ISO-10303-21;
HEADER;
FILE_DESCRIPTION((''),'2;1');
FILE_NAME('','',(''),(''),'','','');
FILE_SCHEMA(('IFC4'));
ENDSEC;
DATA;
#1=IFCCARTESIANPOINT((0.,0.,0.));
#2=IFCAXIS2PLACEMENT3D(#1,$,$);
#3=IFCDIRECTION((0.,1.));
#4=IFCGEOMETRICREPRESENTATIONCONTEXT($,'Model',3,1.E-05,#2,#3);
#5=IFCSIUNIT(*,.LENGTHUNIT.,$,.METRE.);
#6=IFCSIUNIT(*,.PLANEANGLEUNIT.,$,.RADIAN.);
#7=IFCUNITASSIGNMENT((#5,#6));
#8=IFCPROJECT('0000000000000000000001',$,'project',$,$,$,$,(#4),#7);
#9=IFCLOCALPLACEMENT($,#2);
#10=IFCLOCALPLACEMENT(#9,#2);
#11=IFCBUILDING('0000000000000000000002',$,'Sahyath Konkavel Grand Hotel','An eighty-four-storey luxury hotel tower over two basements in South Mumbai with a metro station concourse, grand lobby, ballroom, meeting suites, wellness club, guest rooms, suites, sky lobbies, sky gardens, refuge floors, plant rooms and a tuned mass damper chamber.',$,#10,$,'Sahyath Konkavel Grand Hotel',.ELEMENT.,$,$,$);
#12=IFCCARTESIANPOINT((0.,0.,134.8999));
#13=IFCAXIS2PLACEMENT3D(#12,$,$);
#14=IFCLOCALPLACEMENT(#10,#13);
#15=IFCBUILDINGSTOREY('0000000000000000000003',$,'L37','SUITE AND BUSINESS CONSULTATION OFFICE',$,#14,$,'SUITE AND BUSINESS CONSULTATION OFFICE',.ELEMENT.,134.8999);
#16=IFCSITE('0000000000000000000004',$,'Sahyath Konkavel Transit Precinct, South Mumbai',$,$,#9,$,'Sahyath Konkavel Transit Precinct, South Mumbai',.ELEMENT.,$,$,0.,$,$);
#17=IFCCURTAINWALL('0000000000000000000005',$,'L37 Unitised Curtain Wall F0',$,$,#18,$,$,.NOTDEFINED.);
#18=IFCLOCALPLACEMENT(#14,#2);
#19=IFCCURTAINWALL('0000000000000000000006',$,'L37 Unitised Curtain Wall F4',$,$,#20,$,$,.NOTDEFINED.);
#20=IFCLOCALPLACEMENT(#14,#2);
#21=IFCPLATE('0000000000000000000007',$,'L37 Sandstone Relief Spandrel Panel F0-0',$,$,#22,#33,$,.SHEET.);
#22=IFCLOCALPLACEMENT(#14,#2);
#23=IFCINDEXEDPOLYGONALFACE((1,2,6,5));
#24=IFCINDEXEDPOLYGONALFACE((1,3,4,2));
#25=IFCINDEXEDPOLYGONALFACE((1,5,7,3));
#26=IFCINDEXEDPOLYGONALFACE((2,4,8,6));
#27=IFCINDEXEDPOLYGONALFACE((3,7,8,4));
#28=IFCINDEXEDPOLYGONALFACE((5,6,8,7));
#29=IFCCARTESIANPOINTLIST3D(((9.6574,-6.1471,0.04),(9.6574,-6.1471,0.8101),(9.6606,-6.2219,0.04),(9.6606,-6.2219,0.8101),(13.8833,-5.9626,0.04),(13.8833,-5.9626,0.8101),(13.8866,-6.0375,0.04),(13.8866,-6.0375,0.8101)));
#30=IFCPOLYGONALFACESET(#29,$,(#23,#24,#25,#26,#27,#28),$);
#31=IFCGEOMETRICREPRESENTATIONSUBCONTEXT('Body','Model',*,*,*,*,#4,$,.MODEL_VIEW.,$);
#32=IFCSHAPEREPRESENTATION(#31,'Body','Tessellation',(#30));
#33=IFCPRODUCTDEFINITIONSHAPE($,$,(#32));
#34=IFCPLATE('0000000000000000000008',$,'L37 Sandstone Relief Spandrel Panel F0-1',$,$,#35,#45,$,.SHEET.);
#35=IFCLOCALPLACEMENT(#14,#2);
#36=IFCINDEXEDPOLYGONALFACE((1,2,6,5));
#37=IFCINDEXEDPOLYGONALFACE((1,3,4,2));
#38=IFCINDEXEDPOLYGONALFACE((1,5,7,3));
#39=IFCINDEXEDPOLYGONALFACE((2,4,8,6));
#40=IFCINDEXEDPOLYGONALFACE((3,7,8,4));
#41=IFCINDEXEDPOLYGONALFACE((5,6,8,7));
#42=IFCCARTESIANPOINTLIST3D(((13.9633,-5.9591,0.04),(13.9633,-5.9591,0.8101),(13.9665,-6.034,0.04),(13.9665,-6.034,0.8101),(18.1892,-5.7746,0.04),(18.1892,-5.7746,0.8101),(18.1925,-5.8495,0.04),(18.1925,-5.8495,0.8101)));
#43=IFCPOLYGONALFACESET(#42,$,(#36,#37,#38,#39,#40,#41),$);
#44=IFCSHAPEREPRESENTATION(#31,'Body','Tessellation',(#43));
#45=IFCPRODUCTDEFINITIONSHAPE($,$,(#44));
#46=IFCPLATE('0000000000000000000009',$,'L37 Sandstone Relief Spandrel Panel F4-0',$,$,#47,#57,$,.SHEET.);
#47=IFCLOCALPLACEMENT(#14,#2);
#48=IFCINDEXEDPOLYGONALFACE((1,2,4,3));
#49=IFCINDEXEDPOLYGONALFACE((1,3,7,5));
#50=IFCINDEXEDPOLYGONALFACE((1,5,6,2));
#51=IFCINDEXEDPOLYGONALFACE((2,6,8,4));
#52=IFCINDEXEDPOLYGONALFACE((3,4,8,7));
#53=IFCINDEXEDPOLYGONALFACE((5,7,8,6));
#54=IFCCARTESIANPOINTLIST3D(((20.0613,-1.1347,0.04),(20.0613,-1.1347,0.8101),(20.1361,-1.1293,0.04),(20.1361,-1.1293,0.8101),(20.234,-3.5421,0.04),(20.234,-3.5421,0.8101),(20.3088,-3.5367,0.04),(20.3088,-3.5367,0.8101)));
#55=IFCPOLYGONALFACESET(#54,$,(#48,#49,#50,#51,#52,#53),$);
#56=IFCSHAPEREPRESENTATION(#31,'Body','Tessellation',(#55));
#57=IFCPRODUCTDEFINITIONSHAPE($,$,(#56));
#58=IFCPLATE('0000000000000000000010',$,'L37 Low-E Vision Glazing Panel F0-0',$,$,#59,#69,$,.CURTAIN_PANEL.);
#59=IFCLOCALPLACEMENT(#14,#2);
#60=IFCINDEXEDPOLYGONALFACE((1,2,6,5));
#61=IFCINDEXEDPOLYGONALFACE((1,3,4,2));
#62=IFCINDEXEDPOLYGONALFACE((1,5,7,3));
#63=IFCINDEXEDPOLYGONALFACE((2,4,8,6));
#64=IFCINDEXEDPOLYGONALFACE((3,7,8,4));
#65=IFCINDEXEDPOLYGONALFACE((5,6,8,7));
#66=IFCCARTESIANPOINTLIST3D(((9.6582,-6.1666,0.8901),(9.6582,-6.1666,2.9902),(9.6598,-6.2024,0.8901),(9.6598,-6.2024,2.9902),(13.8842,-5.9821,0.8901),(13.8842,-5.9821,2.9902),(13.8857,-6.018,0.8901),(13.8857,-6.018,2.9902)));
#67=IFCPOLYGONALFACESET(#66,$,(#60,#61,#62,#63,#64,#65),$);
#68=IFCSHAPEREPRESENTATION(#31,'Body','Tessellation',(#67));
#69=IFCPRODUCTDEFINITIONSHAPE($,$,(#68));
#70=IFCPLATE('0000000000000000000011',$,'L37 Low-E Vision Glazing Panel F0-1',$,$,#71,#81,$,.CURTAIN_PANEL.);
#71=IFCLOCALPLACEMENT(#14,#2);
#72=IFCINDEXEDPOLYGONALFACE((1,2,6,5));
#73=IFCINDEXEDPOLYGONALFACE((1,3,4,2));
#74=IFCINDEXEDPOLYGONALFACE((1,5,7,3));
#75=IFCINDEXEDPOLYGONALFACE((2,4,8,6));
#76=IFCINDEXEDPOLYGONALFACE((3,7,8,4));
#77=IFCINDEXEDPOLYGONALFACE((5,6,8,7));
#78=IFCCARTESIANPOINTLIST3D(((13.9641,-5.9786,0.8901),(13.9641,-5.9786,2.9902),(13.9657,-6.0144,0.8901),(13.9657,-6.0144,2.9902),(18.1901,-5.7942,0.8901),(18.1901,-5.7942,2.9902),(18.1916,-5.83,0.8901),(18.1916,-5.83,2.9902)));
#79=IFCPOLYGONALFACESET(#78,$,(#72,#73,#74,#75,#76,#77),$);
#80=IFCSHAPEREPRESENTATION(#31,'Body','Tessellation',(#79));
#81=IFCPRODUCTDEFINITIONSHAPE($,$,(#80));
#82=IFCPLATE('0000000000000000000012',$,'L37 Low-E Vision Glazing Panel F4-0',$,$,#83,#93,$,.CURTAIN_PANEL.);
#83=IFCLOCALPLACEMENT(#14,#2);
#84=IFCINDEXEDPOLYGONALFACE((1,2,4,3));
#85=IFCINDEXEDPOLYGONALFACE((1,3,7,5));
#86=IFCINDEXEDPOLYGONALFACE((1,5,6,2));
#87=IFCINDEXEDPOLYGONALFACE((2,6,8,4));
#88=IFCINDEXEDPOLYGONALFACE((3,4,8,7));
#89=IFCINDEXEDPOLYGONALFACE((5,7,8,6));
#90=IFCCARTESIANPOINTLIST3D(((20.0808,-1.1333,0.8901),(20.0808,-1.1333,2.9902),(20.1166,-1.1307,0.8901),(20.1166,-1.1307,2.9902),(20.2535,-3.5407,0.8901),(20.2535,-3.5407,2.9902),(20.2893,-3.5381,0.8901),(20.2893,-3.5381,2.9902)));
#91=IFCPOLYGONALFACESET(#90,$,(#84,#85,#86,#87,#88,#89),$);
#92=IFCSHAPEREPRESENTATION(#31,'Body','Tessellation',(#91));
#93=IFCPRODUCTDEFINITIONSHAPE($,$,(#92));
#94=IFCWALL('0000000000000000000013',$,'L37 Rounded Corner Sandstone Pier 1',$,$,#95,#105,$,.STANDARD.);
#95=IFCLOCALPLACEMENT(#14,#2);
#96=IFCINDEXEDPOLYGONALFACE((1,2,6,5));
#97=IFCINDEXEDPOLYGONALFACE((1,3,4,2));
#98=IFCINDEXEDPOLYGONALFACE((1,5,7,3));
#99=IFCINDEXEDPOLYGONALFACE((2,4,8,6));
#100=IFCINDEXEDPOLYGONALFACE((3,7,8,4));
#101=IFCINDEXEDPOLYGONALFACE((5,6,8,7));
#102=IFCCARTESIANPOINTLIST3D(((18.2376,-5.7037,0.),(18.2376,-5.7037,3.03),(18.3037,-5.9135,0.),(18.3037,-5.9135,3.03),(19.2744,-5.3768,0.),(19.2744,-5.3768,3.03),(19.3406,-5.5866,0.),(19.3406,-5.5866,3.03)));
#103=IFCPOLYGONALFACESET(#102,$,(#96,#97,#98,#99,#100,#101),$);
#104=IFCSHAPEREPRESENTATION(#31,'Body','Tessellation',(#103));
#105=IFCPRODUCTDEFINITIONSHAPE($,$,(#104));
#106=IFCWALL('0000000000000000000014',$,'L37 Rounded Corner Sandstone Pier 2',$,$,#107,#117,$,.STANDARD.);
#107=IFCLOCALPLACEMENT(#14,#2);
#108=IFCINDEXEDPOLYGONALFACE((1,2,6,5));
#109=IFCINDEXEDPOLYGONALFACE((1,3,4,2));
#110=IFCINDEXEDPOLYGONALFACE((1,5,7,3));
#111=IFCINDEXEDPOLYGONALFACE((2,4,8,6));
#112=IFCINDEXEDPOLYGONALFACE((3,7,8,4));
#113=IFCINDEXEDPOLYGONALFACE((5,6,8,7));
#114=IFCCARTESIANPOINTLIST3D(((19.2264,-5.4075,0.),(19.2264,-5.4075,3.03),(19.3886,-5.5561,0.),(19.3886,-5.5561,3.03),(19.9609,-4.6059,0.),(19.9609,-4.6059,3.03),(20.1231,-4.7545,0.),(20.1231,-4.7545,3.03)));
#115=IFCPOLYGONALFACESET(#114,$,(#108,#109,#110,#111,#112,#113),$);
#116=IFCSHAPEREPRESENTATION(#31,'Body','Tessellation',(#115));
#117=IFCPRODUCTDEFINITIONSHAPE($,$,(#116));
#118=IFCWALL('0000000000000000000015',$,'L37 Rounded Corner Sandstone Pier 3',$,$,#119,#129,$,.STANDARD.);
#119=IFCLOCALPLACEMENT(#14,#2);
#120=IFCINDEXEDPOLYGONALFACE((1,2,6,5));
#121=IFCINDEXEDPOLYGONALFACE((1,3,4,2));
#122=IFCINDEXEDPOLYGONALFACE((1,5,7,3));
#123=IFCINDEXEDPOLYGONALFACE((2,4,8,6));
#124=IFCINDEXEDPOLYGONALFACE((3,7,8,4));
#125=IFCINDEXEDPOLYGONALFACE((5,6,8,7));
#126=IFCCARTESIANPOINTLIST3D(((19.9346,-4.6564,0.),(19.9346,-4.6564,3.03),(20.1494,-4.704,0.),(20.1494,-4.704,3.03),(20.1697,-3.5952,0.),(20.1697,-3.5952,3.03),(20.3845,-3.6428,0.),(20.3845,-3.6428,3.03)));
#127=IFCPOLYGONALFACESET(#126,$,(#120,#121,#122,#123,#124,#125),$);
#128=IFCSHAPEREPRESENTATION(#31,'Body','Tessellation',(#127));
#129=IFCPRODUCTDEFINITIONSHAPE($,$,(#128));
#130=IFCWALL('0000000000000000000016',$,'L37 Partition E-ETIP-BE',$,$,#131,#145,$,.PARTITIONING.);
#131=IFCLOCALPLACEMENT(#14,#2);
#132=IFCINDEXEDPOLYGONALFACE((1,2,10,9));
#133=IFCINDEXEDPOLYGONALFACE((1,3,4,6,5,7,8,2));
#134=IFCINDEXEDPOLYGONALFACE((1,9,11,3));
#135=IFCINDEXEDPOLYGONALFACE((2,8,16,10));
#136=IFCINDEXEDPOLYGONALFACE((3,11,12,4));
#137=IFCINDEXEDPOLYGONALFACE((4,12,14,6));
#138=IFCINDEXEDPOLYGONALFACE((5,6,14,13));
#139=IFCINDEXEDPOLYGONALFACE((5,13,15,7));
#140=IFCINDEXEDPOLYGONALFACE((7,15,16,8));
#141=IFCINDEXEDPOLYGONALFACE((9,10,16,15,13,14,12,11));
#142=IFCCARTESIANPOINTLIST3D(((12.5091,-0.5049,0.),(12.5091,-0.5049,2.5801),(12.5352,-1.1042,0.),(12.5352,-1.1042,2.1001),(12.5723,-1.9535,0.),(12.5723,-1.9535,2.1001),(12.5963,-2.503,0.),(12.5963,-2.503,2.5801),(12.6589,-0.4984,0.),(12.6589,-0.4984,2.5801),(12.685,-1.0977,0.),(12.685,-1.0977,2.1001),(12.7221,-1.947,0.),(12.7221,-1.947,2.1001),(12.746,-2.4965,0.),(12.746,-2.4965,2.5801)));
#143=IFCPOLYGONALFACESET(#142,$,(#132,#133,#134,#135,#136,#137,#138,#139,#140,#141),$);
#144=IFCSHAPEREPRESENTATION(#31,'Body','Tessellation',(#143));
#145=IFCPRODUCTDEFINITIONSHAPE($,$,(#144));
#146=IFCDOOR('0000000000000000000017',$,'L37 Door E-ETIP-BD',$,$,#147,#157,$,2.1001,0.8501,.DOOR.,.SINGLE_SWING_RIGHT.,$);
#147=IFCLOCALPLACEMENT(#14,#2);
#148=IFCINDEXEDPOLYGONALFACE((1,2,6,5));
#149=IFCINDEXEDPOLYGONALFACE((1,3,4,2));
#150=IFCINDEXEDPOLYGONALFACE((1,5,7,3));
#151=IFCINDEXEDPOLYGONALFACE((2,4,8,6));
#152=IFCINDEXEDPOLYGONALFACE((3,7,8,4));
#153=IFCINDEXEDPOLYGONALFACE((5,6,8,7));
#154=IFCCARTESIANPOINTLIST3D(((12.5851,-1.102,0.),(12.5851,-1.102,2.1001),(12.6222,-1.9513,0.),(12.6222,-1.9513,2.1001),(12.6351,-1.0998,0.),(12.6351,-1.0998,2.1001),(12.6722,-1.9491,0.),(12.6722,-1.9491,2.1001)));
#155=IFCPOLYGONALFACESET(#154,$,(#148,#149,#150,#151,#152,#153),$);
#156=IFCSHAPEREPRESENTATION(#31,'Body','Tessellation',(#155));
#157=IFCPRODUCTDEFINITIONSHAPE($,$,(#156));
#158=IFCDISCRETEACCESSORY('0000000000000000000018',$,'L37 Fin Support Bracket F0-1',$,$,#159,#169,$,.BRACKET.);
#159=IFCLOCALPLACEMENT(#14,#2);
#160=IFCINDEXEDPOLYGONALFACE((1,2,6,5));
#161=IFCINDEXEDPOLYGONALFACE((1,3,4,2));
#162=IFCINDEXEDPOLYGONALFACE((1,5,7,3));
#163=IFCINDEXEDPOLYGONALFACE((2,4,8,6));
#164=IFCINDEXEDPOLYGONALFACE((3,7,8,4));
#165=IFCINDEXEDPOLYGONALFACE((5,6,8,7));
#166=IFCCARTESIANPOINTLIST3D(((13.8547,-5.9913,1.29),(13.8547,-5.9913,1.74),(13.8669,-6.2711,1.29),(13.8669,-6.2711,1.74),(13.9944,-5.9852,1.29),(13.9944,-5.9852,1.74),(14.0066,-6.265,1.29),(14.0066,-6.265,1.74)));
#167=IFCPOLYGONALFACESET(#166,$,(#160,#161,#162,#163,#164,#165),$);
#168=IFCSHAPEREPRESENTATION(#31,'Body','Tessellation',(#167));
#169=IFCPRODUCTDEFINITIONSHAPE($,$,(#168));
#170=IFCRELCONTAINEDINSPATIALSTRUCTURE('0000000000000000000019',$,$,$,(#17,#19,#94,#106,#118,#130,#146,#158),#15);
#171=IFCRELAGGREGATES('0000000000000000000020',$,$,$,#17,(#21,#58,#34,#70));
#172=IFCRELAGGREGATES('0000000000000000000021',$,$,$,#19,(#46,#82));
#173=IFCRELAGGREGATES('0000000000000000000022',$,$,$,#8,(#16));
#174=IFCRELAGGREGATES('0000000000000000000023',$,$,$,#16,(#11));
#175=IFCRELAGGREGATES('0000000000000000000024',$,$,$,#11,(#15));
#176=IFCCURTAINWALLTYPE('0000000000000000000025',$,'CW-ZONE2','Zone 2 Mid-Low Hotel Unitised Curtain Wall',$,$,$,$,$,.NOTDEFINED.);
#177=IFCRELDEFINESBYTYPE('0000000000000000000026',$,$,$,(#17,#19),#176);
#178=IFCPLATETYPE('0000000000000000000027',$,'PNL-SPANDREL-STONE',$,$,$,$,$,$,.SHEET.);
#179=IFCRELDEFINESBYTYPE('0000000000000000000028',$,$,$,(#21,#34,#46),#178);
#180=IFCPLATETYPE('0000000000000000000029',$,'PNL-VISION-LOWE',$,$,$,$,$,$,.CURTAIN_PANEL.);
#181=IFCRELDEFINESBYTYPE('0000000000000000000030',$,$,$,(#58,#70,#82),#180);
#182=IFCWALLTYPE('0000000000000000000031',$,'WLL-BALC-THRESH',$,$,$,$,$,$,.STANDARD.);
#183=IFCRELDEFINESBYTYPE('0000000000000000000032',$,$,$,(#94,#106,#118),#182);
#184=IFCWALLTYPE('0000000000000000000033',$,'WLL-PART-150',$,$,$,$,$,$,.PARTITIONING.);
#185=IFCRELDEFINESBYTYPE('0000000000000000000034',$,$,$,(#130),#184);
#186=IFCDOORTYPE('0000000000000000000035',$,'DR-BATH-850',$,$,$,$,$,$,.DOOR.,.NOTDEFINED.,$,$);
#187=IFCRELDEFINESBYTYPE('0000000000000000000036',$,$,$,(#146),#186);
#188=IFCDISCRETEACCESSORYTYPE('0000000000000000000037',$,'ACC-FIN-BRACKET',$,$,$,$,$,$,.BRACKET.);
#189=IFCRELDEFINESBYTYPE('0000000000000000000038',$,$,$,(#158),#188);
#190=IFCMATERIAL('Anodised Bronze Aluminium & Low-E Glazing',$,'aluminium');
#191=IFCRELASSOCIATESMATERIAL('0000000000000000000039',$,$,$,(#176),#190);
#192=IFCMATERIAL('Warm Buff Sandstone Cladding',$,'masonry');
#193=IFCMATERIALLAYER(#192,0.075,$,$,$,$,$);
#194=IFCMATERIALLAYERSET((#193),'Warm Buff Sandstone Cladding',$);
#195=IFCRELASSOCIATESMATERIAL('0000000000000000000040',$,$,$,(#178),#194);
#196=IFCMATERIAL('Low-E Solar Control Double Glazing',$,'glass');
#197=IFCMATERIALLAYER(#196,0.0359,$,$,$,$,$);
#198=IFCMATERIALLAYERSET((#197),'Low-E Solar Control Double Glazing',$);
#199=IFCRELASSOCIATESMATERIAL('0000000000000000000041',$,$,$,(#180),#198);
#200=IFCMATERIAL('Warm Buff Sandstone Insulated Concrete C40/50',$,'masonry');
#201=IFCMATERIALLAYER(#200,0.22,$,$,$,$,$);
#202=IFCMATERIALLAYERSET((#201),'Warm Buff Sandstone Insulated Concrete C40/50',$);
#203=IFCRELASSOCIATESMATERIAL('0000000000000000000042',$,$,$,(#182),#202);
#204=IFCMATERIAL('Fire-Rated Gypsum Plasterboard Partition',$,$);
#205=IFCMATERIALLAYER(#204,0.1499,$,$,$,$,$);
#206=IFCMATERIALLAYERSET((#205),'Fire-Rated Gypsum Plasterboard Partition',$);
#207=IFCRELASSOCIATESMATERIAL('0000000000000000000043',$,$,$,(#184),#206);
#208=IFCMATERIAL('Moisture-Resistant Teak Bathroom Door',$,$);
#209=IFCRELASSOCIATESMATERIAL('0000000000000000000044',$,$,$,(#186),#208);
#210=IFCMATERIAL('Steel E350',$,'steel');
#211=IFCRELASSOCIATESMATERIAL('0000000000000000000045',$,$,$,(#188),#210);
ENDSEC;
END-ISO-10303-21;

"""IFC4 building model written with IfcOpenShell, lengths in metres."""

from ifc_helpers import new_model, si_unit, direction, frame, frame_2d, origin, origin_2d, place, context, subcontext, project, spatial, rectangle, extrude, source, transform, mapped, material, layer, layer_set, type_object, element, fill, aggregate, save


model = new_model("IFC4")

# Units and contexts
model_context = context("Model", 3, precision=1e-05, world=origin(), true_north=direction((0.0, 1.0)))
body_context = subcontext(model_context, "Body", "Model", "MODEL_VIEW")
ifc_project = project(units=[si_unit("LENGTHUNIT", "METRE"), si_unit("PLANEANGLEUNIT", "RADIAN")], contexts=[model_context])

# Site, building, storey
site_placement = place(None, origin())
site = spatial("IfcSite", under=ifc_project, at=site_placement, Name="Sahyath Konkavel Transit Precinct, South Mumbai", LongName="Sahyath Konkavel Transit Precinct, South Mumbai", CompositionType="ELEMENT", RefElevation=0.0)
building_placement = place(site_placement, origin())
building = spatial("IfcBuilding", under=site, at=building_placement, Name="Sahyath Konkavel Grand Hotel", Description="An eighty-four-storey luxury hotel tower over two basements in South Mumbai with a metro station concourse, grand lobby, ballroom, meeting suites, wellness club, guest rooms, suites, sky lobbies, sky gardens, refuge floors, plant rooms and a tuned mass damper chamber.", LongName="Sahyath Konkavel Grand Hotel", CompositionType="ELEMENT")
storey_placement = place(building_placement, frame((0.0, 0.0, 134.8999)))
storey = spatial("IfcBuildingStorey", under=building, at=storey_placement, Name="L37", Description="SUITE AND BUSINESS CONSULTATION OFFICE", LongName="SUITE AND BUSINESS CONSULTATION OFFICE", CompositionType="ELEMENT", Elevation=134.8999)

# Shared definitions
ifc_material_1 = material(Name="Steel E350", Category="steel")

# Curtain walls
ifc_material_2 = material(Name="Anodised Bronze Aluminium & Low-E Glazing", Category="aluminium")
curtain_wall_type = type_object("IfcCurtainWallType", Name="CW-ZONE2", Description="Zone 2 Mid-Low Hotel Unitised Curtain Wall", PredefinedType="NOTDEFINED", material=ifc_material_2)
curtain_wall_1_placement = place(storey_placement, origin())
curtain_wall_1 = element("IfcCurtainWall", 1, at=curtain_wall_1_placement, inside=storey, type_object=curtain_wall_type, Name="L37 Unitised Curtain Wall F0", PredefinedType="NOTDEFINED")
curtain_wall_2_placement = place(storey_placement, origin())
curtain_wall_2 = element("IfcCurtainWall", 2, at=curtain_wall_2_placement, inside=storey, type_object=curtain_wall_type, Name="L37 Unitised Curtain Wall F4", PredefinedType="NOTDEFINED")

# Plates
ifc_material_3 = material(Name="Warm Buff Sandstone Cladding", Category="masonry")
ifc_layer_1 = layer(ifc_material_3, 0.075)
ifc_layer_set_1 = layer_set([ifc_layer_1], Name="Warm Buff Sandstone Cladding")
plate_type_1 = type_object("IfcPlateType", Name="PNL-SPANDREL-STONE", PredefinedType="SHEET", material=ifc_layer_set_1)
shared_shape_1 = source(origin(), body_context, "Body", "SweptSolid", [
    extrude(rectangle(XDim=4.23, YDim=0.075, at=origin_2d()), origin(), (0.0, 0.0, 1.0), 0.77),
])
plate_1_placement = place(storey_placement, frame((11.772, -6.0923, 0.04), z_axis=(0.0, 0.0, 1.0), x_axis=(0.999049, 0.043602, 0.0)))
plate_1 = element("IfcPlate", 3, at=plate_1_placement, type_object=plate_type_1, Name="L37 Sandstone Relief Spandrel Panel F0-0", PredefinedType="SHEET", context=body_context, shape_type="MappedRepresentation", body=[
    mapped(shared_shape_1, transform((0.0, 0.0, 0.0), scale=1.0)),
])
plate_2_placement = place(storey_placement, frame((16.0779, -5.9043, 0.04), z_axis=(0.0, 0.0, 1.0), x_axis=(0.999049, 0.043602, 0.0)))
plate_2 = element("IfcPlate", 4, at=plate_2_placement, type_object=plate_type_1, Name="L37 Sandstone Relief Spandrel Panel F0-1", PredefinedType="SHEET", context=body_context, shape_type="MappedRepresentation", body=[
    mapped(shared_shape_1, transform((0.0, 0.0, 0.0), scale=1.0)),
])
shared_shape_2 = source(origin(), body_context, "Body", "SweptSolid", [
    extrude(rectangle(XDim=2.4136, YDim=0.075, at=origin_2d()), origin(), (0.0, 0.0, 1.0), 0.77),
])
plate_3_placement = place(storey_placement, frame((20.1851, -2.3357, 0.04), z_axis=(0.0, 0.0, 1.0), x_axis=(-0.071567, 0.997436, 0.0)))
plate_3 = element("IfcPlate", 5, at=plate_3_placement, type_object=plate_type_1, Name="L37 Sandstone Relief Spandrel Panel F4-0", PredefinedType="SHEET", context=body_context, shape_type="MappedRepresentation", body=[
    mapped(shared_shape_2, transform((0.0, 0.0, 0.0), scale=1.0)),
])
ifc_material_4 = material(Name="Low-E Solar Control Double Glazing", Category="glass")
ifc_layer_2 = layer(ifc_material_4, 0.0359)
ifc_layer_set_2 = layer_set([ifc_layer_2], Name="Low-E Solar Control Double Glazing")
plate_type_2 = type_object("IfcPlateType", Name="PNL-VISION-LOWE", PredefinedType="CURTAIN_PANEL", material=ifc_layer_set_2)
shared_shape_3 = source(origin(), body_context, "Body", "SweptSolid", [
    extrude(rectangle(XDim=4.23, YDim=0.0359, at=origin_2d()), origin(), (0.0, 0.0, 1.0), 2.1001),
])
plate_4_placement = place(storey_placement, frame((11.772, -6.0923, 0.8901), z_axis=(0.0, 0.0, 1.0), x_axis=(0.999049, 0.043602, 0.0)))
plate_4 = element("IfcPlate", 6, at=plate_4_placement, type_object=plate_type_2, Name="L37 Low-E Vision Glazing Panel F0-0", PredefinedType="CURTAIN_PANEL", context=body_context, shape_type="MappedRepresentation", body=[
    mapped(shared_shape_3, transform((0.0, 0.0, 0.0), scale=1.0)),
])
plate_5_placement = place(storey_placement, frame((16.0779, -5.9043, 0.8901), z_axis=(0.0, 0.0, 1.0), x_axis=(0.999049, 0.043602, 0.0)))
plate_5 = element("IfcPlate", 7, at=plate_5_placement, type_object=plate_type_2, Name="L37 Low-E Vision Glazing Panel F0-1", PredefinedType="CURTAIN_PANEL", context=body_context, shape_type="MappedRepresentation", body=[
    mapped(shared_shape_3, transform((0.0, 0.0, 0.0), scale=1.0)),
])
aggregate(curtain_wall_1, [plate_1, plate_4, plate_2, plate_5])
shared_shape_4 = source(origin(), body_context, "Body", "SweptSolid", [
    extrude(rectangle(XDim=2.4136, YDim=0.0359, at=origin_2d()), origin(), (0.0, 0.0, 1.0), 2.1001),
])
plate_6_placement = place(storey_placement, frame((20.1851, -2.3357, 0.8901), z_axis=(0.0, 0.0, 1.0), x_axis=(-0.071567, 0.997436, 0.0)))
plate_6 = element("IfcPlate", 8, at=plate_6_placement, type_object=plate_type_2, Name="L37 Low-E Vision Glazing Panel F4-0", PredefinedType="CURTAIN_PANEL", context=body_context, shape_type="MappedRepresentation", body=[
    mapped(shared_shape_4, transform((0.0, 0.0, 0.0), scale=1.0)),
])
aggregate(curtain_wall_2, [plate_3, plate_6])

# Walls
ifc_material_5 = material(Name="Warm Buff Sandstone Insulated Concrete C40/50", Category="masonry")
ifc_layer_3 = layer(ifc_material_5, 0.22)
ifc_layer_set_3 = layer_set([ifc_layer_3], Name="Warm Buff Sandstone Insulated Concrete C40/50")
wall_type_1 = type_object("IfcWallType", Name="WLL-BALC-THRESH", PredefinedType="STANDARD", material=ifc_layer_set_3)
for number, where, z_axis, x_axis, name in (
    (9, (18.2708, -5.8086, 0.0), (0.0, 0.0, 1.0), (0.953722, 0.300691, 0.0), "L37 Rounded Corner Sandstone Pier 1"),
    (10, (19.3076, -5.4817, 0.0), (0.0, 0.0, 1.0), (0.675552, 0.737313, 0.0), "L37 Rounded Corner Sandstone Pier 2"),
):
    element("IfcWall", number, at=place(storey_placement, frame(where, z_axis=z_axis, x_axis=x_axis)), inside=storey, type_object=wall_type_1, Name=name, PredefinedType="STANDARD", context=body_context, shape_type="SweptSolid", body=[
        extrude(rectangle(XDim=1.0872, YDim=0.22, at=frame_2d((0.5435, 0.0))), origin(), (0.0, 0.0, 1.0), 3.03),
    ])
wall_1_placement = place(storey_placement, frame((20.042, -4.6802, 0.0), z_axis=(0.0, 0.0, 1.0), x_axis=(0.216288, 0.97633, 0.0)))
element("IfcWall", 11, at=wall_1_placement, inside=storey, type_object=wall_type_1, Name="L37 Rounded Corner Sandstone Pier 3", PredefinedType="STANDARD", context=body_context, shape_type="SweptSolid", body=[
    extrude(rectangle(XDim=1.0869, YDim=0.22, at=frame_2d((0.5435, 0.0))), origin(), (0.0, 0.0, 1.0), 3.03),
])

# Wall, opening, door
ifc_material_6 = material(Name="Fire-Rated Gypsum Plasterboard Partition")
ifc_layer_4 = layer(ifc_material_6, 0.1499)
ifc_layer_set_4 = layer_set([ifc_layer_4], Name="Fire-Rated Gypsum Plasterboard Partition")
wall_type_2 = type_object("IfcWallType", Name="WLL-PART-150", PredefinedType="PARTITIONING", material=ifc_layer_set_4)
wall_2_placement = place(storey_placement, frame((12.6711, -2.4998, 0.0), z_axis=(0.0, 0.0, 1.0), x_axis=(-0.04358, 0.99905, 0.0)))
wall_2 = element("IfcWall", 12, at=wall_2_placement, inside=storey, type_object=wall_type_2, Name="L37 Partition E-ETIP-BE", PredefinedType="PARTITIONING", context=body_context, shape_type="SweptSolid", body=[
    extrude(rectangle(XDim=2.0, YDim=0.1499, at=frame_2d((1.0, 0.0))), origin(), (0.0, 0.0, 1.0), 2.5801),
])
opening_placement = place(wall_2_placement, frame((0.55, 0.0, 0.0)))
opening = element("IfcOpeningElement", 13, at=opening_placement, cuts=wall_2, PredefinedType="OPENING", context=body_context, shape_type="SweptSolid", body=[
    extrude(rectangle(XDim=0.8501, YDim=2.1001, at=frame_2d((0.425, 1.05))), frame((0.0, 0.085, 0.0), z_axis=(0.0, -1.0, 0.0), x_axis=(1.0, 0.0, 0.0)), (0.0, 0.0, 1.0), 0.1699),
])
ifc_material_7 = material(Name="Moisture-Resistant Teak Bathroom Door")
door_type = type_object("IfcDoorType", Name="DR-BATH-850", OperationType="NOTDEFINED", PredefinedType="DOOR", material=ifc_material_7)
shared_shape_5 = source(origin(), body_context, "Body", "SweptSolid", [
    extrude(rectangle(XDim=0.8501, YDim=0.05, at=origin_2d()), origin(), (0.0, 0.0, 1.0), 2.1001),
])
door_placement = place(opening_placement, frame((0.425, 0.0, 0.0)))
door = element("IfcDoor", 14, at=door_placement, inside=storey, type_object=door_type, Name="L37 Door E-ETIP-BD", OperationType="SINGLE_SWING_RIGHT", OverallHeight=2.1001, OverallWidth=0.8501, PredefinedType="DOOR", context=body_context, shape_type="MappedRepresentation", body=[
    mapped(shared_shape_5, transform((0.0, 0.0, 0.0), scale=1.0)),
])
fill(opening, door)

# Discrete accessory
discrete_accessory_type = type_object("IfcDiscreteAccessoryType", Name="ACC-FIN-BRACKET", PredefinedType="BRACKET", material=ifc_material_1)
shared_shape_6 = source(origin(), body_context, "Body", "SweptSolid", [
    extrude(rectangle(XDim=0.28, YDim=0.1399, at=origin_2d()), origin(), (0.0, 0.0, 1.0), 0.45),
])
discrete_accessory_placement = place(storey_placement, frame((13.9307, -6.1282, 1.29), z_axis=(0.0, 0.0, 1.0), x_axis=(0.043602, -0.999049, 0.0)))
element("IfcDiscreteAccessory", 15, at=discrete_accessory_placement, inside=storey, type_object=discrete_accessory_type, Name="L37 Fin Support Bracket F0-1", PredefinedType="BRACKET", context=body_context, shape_type="MappedRepresentation", body=[
    mapped(shared_shape_6, transform((0.0, 0.0, 0.0), scale=1.0)),
])

save(model, "model.ifc")
